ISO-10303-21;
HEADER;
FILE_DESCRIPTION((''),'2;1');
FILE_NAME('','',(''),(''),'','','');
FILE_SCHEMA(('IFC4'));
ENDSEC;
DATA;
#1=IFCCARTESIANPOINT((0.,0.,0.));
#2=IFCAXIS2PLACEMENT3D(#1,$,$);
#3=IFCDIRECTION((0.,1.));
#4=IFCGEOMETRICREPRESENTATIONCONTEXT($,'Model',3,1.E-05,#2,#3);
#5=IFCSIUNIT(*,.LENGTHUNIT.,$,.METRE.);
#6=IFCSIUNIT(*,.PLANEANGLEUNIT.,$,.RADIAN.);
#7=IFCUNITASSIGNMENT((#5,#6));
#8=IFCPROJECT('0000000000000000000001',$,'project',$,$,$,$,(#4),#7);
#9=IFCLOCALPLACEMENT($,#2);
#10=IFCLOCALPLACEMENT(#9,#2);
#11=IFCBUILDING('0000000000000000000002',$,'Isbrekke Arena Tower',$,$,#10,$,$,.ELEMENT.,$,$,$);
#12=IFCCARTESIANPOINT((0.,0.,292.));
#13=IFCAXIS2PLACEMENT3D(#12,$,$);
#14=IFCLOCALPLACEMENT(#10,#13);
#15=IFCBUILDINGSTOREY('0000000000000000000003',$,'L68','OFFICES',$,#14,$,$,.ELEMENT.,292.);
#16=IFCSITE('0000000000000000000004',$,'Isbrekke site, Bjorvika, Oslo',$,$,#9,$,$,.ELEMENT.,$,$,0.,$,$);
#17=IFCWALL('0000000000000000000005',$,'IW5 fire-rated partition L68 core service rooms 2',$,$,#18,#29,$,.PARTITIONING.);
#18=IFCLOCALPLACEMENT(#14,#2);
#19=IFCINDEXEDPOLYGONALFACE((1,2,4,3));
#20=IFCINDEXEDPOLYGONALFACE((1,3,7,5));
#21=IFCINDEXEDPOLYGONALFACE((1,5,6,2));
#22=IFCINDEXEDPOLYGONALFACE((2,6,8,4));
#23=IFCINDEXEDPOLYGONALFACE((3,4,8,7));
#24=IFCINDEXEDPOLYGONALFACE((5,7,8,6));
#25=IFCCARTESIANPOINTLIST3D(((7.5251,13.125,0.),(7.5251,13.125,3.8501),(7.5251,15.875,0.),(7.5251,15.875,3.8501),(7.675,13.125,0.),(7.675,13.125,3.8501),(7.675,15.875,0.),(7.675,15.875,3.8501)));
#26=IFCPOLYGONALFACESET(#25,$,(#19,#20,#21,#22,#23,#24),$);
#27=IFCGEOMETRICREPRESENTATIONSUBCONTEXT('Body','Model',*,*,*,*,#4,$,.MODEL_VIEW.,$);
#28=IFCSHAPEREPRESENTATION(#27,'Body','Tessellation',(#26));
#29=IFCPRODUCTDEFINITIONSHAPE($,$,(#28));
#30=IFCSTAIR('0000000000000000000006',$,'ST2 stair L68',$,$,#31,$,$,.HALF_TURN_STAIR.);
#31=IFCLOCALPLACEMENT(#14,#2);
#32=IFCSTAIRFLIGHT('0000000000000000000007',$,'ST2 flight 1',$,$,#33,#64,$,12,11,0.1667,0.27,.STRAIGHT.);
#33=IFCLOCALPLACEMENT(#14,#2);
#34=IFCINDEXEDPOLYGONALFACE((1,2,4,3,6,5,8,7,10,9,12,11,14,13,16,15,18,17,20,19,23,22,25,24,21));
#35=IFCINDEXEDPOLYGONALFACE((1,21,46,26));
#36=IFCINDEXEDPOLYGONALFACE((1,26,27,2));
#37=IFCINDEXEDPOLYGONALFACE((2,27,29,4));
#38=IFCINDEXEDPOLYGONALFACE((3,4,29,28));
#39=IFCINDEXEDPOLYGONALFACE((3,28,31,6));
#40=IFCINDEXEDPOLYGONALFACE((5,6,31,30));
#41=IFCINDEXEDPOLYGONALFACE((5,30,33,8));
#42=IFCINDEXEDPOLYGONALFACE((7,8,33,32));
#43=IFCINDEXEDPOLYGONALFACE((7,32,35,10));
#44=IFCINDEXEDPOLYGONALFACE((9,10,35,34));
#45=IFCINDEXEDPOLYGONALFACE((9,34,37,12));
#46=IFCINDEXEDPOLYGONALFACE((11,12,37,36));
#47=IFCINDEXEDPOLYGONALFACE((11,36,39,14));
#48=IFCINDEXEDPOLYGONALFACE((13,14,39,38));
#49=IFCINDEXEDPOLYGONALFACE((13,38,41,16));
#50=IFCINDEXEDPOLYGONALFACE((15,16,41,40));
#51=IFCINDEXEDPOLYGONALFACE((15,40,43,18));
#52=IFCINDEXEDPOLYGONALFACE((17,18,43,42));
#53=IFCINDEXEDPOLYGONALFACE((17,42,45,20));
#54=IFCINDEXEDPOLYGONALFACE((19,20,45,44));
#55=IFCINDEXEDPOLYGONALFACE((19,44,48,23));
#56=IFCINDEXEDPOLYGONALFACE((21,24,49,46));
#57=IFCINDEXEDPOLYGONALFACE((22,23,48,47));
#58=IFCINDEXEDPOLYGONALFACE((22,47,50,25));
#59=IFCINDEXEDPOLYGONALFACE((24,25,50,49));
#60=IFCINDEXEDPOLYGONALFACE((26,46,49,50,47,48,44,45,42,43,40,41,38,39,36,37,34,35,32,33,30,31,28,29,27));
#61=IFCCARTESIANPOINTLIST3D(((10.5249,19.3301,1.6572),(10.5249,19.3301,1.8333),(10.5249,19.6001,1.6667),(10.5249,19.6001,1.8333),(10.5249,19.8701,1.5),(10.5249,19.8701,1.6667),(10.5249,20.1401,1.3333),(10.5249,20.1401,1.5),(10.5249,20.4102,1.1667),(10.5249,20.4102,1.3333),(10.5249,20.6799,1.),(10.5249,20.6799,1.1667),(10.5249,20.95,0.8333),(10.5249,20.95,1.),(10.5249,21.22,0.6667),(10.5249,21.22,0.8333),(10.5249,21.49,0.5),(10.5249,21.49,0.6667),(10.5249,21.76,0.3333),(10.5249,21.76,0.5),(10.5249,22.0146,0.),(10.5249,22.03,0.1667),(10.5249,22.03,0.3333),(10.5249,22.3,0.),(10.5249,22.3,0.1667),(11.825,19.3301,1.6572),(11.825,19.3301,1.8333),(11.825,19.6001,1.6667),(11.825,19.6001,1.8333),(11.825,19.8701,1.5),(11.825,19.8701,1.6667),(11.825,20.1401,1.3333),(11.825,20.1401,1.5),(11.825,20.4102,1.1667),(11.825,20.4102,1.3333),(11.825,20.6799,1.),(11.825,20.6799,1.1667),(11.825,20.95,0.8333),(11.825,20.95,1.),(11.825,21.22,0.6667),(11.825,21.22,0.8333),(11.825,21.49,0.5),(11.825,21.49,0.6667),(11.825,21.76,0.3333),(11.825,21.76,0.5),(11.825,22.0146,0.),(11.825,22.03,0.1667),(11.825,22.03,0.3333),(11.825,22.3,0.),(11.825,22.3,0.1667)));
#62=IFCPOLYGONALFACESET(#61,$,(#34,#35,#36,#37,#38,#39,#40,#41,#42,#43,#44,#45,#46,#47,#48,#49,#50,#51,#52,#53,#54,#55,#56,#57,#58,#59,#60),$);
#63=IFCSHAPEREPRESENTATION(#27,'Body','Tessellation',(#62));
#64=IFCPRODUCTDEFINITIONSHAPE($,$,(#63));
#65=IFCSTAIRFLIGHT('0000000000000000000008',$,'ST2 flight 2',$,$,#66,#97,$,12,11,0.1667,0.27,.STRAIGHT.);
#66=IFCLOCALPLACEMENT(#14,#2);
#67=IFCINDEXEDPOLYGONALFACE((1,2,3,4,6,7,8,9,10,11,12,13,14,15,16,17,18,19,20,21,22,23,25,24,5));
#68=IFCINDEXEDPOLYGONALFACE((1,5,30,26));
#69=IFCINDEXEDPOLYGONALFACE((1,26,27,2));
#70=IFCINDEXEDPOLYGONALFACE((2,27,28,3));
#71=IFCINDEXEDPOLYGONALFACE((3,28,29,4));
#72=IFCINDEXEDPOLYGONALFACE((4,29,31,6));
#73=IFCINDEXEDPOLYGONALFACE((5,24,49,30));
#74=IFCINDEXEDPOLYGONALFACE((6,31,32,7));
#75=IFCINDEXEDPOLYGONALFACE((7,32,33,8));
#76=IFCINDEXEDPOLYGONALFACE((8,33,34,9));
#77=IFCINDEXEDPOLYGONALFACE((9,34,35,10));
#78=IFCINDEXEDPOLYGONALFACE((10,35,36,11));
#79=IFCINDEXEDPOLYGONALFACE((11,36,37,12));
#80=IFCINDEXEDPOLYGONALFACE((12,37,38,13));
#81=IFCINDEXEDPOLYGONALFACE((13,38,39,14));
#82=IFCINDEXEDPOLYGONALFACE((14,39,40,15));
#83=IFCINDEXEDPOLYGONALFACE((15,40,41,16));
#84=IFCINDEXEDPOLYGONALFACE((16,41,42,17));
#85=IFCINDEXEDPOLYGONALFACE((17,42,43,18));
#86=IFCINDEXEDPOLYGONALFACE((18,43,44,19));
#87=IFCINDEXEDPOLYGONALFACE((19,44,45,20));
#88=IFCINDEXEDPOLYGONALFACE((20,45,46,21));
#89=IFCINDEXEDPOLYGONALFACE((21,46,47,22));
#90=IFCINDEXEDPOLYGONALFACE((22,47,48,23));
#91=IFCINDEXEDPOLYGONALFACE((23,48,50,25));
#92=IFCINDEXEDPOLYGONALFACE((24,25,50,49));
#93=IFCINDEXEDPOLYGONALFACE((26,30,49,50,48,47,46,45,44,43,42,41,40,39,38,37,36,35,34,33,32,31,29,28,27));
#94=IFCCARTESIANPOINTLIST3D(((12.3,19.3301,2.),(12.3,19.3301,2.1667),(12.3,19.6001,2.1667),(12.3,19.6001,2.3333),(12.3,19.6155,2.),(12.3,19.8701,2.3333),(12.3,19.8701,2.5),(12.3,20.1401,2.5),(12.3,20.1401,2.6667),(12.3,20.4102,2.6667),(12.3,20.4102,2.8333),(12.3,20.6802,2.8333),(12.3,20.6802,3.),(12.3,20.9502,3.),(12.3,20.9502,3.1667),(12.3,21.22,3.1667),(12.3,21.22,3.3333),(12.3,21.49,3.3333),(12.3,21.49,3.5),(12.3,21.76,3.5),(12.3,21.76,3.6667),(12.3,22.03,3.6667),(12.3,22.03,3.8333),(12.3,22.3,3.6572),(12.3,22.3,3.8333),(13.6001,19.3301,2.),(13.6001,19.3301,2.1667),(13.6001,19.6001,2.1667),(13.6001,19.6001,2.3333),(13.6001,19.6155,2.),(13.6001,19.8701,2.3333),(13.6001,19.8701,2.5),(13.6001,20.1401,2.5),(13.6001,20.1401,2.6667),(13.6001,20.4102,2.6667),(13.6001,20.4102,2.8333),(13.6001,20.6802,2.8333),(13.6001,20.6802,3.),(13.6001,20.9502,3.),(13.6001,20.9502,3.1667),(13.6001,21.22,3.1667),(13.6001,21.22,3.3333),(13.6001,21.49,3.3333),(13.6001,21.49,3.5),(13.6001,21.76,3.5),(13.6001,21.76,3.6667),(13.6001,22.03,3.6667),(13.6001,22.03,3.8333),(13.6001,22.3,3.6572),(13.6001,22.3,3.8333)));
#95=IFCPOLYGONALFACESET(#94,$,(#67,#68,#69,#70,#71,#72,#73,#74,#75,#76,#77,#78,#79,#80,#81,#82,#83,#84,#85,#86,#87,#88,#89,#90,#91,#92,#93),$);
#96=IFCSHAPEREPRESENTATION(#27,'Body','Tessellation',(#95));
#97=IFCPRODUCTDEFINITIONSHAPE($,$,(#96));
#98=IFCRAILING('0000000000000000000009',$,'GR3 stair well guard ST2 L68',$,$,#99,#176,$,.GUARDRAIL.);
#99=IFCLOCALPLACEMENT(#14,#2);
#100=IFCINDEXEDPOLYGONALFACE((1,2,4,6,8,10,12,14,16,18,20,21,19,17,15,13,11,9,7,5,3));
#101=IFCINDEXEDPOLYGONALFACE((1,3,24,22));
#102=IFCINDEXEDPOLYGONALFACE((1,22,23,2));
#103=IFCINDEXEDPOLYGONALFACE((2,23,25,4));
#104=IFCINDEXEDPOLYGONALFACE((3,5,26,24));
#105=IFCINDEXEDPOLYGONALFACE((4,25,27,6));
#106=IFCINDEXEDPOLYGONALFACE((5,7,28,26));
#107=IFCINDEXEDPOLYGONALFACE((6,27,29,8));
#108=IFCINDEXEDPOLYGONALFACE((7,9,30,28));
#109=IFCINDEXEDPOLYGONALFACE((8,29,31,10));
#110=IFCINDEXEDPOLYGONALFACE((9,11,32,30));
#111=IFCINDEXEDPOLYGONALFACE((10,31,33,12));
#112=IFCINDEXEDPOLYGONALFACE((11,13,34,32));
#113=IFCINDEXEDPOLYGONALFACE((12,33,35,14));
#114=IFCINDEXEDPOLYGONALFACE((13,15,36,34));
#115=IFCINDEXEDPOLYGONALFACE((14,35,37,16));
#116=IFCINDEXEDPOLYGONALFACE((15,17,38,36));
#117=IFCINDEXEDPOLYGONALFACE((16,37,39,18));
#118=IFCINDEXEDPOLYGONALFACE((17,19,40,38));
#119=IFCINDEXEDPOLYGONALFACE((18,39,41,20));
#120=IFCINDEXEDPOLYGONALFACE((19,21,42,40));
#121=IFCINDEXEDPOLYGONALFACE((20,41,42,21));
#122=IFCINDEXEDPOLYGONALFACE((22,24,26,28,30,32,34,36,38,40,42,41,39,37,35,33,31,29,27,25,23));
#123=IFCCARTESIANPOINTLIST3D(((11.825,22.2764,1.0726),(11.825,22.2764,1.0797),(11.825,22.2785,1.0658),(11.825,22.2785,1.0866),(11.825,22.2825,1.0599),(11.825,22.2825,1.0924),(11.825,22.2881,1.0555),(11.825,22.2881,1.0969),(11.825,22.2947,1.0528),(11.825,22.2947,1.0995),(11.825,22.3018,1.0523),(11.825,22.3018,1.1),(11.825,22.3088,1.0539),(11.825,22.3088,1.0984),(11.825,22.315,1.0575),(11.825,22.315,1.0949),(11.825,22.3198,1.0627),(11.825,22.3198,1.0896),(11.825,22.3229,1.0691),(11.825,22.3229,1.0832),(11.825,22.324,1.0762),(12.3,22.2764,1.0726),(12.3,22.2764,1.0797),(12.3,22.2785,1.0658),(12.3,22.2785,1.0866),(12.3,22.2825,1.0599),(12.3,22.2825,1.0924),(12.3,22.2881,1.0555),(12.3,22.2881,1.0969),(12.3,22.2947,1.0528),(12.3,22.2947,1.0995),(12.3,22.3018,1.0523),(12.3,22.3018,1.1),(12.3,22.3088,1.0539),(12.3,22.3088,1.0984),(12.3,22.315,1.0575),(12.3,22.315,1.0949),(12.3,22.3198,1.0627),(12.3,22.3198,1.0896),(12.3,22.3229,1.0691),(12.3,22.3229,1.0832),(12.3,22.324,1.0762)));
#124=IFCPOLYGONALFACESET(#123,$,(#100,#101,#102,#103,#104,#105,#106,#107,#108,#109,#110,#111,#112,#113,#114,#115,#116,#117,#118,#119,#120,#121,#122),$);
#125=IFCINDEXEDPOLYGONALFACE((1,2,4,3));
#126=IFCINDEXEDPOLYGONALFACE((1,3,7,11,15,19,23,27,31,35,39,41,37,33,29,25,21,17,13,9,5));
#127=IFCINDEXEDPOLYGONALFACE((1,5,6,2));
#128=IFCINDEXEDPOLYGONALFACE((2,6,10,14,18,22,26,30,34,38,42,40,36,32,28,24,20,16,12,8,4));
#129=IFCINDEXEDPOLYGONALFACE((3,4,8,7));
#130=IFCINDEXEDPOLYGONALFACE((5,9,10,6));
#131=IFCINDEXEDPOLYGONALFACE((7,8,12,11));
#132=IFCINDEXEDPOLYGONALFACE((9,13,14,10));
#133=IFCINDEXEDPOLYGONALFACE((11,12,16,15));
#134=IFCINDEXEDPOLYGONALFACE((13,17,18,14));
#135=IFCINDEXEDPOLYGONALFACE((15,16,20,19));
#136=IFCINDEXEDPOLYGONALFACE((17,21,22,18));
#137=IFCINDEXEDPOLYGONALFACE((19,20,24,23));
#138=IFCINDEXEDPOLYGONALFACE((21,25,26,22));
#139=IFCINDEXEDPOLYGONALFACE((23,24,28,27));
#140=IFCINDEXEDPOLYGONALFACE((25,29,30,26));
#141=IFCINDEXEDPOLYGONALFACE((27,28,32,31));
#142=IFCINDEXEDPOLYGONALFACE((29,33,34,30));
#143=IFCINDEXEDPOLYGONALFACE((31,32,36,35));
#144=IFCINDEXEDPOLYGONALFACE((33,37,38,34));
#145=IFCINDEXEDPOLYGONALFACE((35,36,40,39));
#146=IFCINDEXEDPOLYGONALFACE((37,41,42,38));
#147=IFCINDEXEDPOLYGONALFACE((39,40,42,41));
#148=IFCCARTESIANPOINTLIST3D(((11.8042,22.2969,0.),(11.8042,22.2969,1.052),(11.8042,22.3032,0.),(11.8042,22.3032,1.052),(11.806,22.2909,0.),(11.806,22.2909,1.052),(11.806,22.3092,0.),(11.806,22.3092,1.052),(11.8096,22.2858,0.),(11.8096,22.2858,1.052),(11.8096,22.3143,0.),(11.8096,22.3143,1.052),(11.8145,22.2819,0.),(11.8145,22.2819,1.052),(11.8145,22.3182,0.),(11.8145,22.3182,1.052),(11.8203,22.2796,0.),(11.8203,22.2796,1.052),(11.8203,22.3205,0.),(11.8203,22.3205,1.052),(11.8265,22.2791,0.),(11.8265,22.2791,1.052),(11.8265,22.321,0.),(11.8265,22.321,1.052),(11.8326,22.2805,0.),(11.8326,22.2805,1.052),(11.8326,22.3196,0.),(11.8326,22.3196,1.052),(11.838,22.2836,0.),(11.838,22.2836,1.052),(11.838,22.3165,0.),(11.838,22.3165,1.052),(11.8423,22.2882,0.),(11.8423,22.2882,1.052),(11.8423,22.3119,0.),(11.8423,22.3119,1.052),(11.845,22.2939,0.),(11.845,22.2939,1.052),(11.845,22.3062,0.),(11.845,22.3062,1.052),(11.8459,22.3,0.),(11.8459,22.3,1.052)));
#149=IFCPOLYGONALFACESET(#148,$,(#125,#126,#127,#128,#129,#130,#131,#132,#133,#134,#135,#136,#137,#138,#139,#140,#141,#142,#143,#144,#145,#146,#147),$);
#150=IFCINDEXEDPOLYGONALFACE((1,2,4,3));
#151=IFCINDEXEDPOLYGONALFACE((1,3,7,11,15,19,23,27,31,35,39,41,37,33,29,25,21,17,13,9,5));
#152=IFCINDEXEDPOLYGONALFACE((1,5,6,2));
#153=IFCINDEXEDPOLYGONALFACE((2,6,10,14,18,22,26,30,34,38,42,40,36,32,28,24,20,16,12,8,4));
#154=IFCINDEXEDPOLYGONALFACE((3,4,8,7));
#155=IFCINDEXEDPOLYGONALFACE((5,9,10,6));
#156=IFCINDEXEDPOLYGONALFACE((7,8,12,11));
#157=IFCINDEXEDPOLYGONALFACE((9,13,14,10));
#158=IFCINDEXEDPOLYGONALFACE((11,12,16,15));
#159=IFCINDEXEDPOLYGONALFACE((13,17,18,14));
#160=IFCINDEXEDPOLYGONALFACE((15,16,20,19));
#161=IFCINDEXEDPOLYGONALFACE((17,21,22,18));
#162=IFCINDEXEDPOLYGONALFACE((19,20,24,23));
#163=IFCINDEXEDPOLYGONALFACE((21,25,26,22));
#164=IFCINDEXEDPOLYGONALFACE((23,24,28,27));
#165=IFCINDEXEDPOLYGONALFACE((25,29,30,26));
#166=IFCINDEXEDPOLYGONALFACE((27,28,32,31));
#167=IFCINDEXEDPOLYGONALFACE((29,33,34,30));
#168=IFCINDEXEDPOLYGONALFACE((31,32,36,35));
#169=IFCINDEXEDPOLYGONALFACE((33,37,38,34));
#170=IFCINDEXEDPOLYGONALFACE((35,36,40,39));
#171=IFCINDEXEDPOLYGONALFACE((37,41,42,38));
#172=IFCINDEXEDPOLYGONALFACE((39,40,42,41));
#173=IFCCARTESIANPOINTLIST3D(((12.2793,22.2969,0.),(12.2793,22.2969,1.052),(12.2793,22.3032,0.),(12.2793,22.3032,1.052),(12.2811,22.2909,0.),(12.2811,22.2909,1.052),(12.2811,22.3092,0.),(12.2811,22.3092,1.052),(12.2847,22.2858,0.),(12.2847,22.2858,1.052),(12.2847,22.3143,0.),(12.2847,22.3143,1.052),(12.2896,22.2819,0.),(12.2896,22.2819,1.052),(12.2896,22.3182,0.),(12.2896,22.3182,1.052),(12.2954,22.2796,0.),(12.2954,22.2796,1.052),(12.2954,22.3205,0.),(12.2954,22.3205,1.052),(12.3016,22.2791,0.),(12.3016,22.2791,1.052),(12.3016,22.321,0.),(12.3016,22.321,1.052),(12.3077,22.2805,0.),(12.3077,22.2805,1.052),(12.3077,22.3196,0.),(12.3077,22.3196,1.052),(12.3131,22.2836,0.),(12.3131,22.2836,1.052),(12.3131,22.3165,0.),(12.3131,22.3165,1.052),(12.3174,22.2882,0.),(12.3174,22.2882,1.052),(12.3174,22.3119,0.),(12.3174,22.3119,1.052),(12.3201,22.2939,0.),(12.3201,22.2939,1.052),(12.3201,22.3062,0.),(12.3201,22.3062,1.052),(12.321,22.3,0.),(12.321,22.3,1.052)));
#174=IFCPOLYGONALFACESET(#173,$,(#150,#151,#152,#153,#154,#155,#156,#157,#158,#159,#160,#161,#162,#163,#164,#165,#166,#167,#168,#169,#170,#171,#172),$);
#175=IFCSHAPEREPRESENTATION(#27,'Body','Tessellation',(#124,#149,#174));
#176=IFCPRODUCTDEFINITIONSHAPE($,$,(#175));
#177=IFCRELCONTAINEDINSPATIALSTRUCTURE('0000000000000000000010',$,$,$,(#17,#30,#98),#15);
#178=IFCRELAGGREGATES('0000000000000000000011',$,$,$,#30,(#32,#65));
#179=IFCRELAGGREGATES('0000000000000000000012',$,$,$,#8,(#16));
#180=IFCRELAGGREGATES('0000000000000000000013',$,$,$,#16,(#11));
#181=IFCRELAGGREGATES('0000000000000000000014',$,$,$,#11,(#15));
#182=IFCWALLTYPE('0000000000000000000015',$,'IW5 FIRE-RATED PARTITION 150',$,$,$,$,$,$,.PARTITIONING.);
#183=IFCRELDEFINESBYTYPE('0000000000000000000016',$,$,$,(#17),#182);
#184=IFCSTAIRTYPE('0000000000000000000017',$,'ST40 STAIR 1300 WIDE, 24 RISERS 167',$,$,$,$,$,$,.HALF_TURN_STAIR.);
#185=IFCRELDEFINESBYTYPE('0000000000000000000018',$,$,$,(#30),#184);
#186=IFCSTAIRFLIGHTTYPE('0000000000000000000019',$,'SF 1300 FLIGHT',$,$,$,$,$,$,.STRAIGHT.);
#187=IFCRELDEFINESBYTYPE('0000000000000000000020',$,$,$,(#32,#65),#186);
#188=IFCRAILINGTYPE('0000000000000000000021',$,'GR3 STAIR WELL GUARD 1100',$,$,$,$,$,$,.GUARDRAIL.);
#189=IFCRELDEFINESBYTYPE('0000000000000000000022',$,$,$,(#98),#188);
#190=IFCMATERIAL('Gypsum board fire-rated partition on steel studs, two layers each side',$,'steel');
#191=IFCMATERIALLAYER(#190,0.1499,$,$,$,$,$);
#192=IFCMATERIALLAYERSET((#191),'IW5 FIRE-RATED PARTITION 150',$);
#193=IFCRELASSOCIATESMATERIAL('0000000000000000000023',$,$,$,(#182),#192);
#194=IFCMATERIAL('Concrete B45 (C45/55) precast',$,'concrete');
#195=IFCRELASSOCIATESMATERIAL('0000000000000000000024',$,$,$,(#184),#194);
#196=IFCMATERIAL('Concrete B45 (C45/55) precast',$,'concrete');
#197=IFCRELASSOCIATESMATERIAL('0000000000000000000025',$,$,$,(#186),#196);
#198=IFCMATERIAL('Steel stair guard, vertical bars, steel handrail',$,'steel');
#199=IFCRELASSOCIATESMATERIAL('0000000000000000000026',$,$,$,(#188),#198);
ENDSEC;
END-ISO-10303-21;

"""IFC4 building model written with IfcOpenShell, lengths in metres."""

from ifc_helpers import new_model, si_unit, direction, frame, frame_2d, origin, origin_2d, place, context, subcontext, project, spatial, polyline, rectangle, circle, outline, extrude, material, layer, layer_set, type_object, element, aggregate, save


model = new_model("IFC4")

# Units and contexts
model_context = context("Model", 3, precision=1e-05, world=origin(), true_north=direction((0.0, 1.0)))
body_context = subcontext(model_context, "Body", "Model", "MODEL_VIEW")
ifc_project = project(units=[si_unit("LENGTHUNIT", "METRE"), si_unit("PLANEANGLEUNIT", "RADIAN")], contexts=[model_context])

# Site, building, storey
site_placement = place(None, origin())
site = spatial("IfcSite", under=ifc_project, at=site_placement, Name="Isbrekke site, Bjorvika, Oslo", CompositionType="ELEMENT", RefElevation=0.0)
building_placement = place(site_placement, origin())
building = spatial("IfcBuilding", under=site, at=building_placement, Name="Isbrekke Arena Tower", CompositionType="ELEMENT")
storey_placement = place(building_placement, frame((0.0, 0.0, 292.0)))
storey = spatial("IfcBuildingStorey", under=building, at=storey_placement, Name="L68", Description="OFFICES", CompositionType="ELEMENT", Elevation=292.0)

# Wall
ifc_material_1 = material(Name="Gypsum board fire-rated partition on steel studs, two layers each side", Category="steel")
ifc_layer_1 = layer(ifc_material_1, 0.1499)
ifc_layer_set_1 = layer_set([ifc_layer_1], Name="IW5 FIRE-RATED PARTITION 150")
wall_type_1 = type_object("IfcWallType", Name="IW5 FIRE-RATED PARTITION 150", PredefinedType="PARTITIONING", material=ifc_layer_set_1)
for number, where, z_axis, x_axis, name in (
    (1, (7.6001, 13.125, 0.0), (0.0, 0.0, 1.0), (0.0, 1.0, 0.0), "IW5 fire-rated partition L68 core service rooms 2"),
):
    element("IfcWall", number, at=place(storey_placement, frame(where, z_axis=z_axis, x_axis=x_axis)), inside=storey, type_object=wall_type_1, Name=name, PredefinedType="PARTITIONING", context=body_context, shape_type="SweptSolid", body=[
        extrude(rectangle(XDim=2.75, YDim=0.1499, at=frame_2d((1.375, 0.0))), origin(), (0.0, 0.0, 1.0), 3.8501),
    ])

# Stair, stair flights
ifc_material_2 = material(Name="Concrete B45 (C45/55) precast", Category="concrete")
stair_type = type_object("IfcStairType", Name="ST40 STAIR 1300 WIDE, 24 RISERS 167", PredefinedType="HALF_TURN_STAIR", material=ifc_material_2)
stair_placement = place(storey_placement, origin())
stair = element("IfcStair", 2, at=stair_placement, inside=storey, type_object=stair_type, Name="ST2 stair L68", PredefinedType="HALF_TURN_STAIR")
ifc_material_3 = material(Name="Concrete B45 (C45/55) precast", Category="concrete")
stair_flight_type = type_object("IfcStairFlightType", Name="SF 1300 FLIGHT", PredefinedType="STRAIGHT", material=ifc_material_3)
stair_flight_1_placement = place(storey_placement, frame((11.175, 22.3, 0.0), z_axis=(0.0, 0.0, 1.0), x_axis=(0.0, -1.0, 0.0)))
stair_flight_1 = element("IfcStairFlight", 3, at=stair_flight_1_placement, type_object=stair_flight_type, Name="ST2 flight 1", NumberOfRisers=12, NumberOfTreads=11, PredefinedType="STRAIGHT", RiserHeight=0.1667, TreadLength=0.27, context=body_context, shape_type="SweptSolid", body=[
    extrude(outline(polyline([(0.0, 0.0), (0.0, 0.1667), (0.27, 0.1667), (0.27, 0.3333), (0.54, 0.3333), (0.54, 0.5), (0.8101, 0.5), (0.8101, 0.6667), (1.0801, 0.6667), (1.0801, 0.8333), (1.3501, 0.8333), (1.3501, 1.0), (1.6201, 1.0), (1.6201, 1.1667), (1.8899, 1.1667), (1.8899, 1.3333), (2.1599, 1.3333), (2.1599, 1.5), (2.4299, 1.5), (2.4299, 1.6667), (2.7, 1.6667), (2.7, 1.8333), (2.97, 1.8333), (2.97, 2.0), (2.97, 1.6572), (0.2854, 0.0), (0.0, 0.0)])), frame((0.0, 0.6499, 0.0), z_axis=(0.0, -1.0, 0.0), x_axis=(1.0, 0.0, 0.0)), (0.0, 0.0, 1.0), 1.3),
])
stair_flight_2_placement = place(storey_placement, frame((12.95, 19.3301, 2.0), z_axis=(0.0, 0.0, 1.0), x_axis=(0.0, 1.0, 0.0)))
stair_flight_2 = element("IfcStairFlight", 4, at=stair_flight_2_placement, type_object=stair_flight_type, Name="ST2 flight 2", NumberOfRisers=12, NumberOfTreads=11, PredefinedType="STRAIGHT", RiserHeight=0.1667, TreadLength=0.27, context=body_context, shape_type="SweptSolid", body=[
    extrude(outline(polyline([(0.0, 0.0), (0.0, 0.1667), (0.27, 0.1667), (0.27, 0.3333), (0.54, 0.3333), (0.54, 0.5), (0.8101, 0.5), (0.8101, 0.6667), (1.0801, 0.6667), (1.0801, 0.8333), (1.3501, 0.8333), (1.3501, 1.0), (1.6201, 1.0), (1.6201, 1.1667), (1.8899, 1.1667), (1.8899, 1.3333), (2.1599, 1.3333), (2.1599, 1.5), (2.4299, 1.5), (2.4299, 1.6667), (2.7, 1.6667), (2.7, 1.8333), (2.97, 1.8333), (2.97, 2.0), (2.97, 1.6572), (0.2854, 0.0), (0.0, 0.0)])), frame((0.0, 0.6499, 0.0), z_axis=(0.0, -1.0, 0.0), x_axis=(1.0, 0.0, 0.0)), (0.0, 0.0, 1.0), 1.3),
])
aggregate(stair, [stair_flight_1, stair_flight_2])

# Railing
ifc_material_4 = material(Name="Steel stair guard, vertical bars, steel handrail", Category="steel")
railing_type = type_object("IfcRailingType", Name="GR3 STAIR WELL GUARD 1100", PredefinedType="GUARDRAIL", material=ifc_material_4)
for number, where, name in (
    (5, (11.825, 22.3, 0.0), "GR3 stair well guard ST2 L68"),
):
    element("IfcRailing", number, at=place(storey_placement, frame(where)), inside=storey, type_object=railing_type, Name=name, PredefinedType="GUARDRAIL", context=body_context, shape_type="SweptSolid", body=[
        extrude(circle(Radius=0.0239, at=origin_2d()), frame((0.0, 0.0, 1.0762), z_axis=(1.0, 0.0, 0.0), x_axis=(0.0, 1.0, 0.0)), (0.0, 0.0, 1.0), 0.4751),
        extrude(circle(Radius=0.021, at=origin_2d()), origin(), (0.0, 0.0, 1.0), 1.052),
        extrude(circle(Radius=0.021, at=origin_2d()), frame((0.4751, 0.0, 0.0)), (0.0, 0.0, 1.0), 1.052),
    ])

save(model, "model.ifc")
